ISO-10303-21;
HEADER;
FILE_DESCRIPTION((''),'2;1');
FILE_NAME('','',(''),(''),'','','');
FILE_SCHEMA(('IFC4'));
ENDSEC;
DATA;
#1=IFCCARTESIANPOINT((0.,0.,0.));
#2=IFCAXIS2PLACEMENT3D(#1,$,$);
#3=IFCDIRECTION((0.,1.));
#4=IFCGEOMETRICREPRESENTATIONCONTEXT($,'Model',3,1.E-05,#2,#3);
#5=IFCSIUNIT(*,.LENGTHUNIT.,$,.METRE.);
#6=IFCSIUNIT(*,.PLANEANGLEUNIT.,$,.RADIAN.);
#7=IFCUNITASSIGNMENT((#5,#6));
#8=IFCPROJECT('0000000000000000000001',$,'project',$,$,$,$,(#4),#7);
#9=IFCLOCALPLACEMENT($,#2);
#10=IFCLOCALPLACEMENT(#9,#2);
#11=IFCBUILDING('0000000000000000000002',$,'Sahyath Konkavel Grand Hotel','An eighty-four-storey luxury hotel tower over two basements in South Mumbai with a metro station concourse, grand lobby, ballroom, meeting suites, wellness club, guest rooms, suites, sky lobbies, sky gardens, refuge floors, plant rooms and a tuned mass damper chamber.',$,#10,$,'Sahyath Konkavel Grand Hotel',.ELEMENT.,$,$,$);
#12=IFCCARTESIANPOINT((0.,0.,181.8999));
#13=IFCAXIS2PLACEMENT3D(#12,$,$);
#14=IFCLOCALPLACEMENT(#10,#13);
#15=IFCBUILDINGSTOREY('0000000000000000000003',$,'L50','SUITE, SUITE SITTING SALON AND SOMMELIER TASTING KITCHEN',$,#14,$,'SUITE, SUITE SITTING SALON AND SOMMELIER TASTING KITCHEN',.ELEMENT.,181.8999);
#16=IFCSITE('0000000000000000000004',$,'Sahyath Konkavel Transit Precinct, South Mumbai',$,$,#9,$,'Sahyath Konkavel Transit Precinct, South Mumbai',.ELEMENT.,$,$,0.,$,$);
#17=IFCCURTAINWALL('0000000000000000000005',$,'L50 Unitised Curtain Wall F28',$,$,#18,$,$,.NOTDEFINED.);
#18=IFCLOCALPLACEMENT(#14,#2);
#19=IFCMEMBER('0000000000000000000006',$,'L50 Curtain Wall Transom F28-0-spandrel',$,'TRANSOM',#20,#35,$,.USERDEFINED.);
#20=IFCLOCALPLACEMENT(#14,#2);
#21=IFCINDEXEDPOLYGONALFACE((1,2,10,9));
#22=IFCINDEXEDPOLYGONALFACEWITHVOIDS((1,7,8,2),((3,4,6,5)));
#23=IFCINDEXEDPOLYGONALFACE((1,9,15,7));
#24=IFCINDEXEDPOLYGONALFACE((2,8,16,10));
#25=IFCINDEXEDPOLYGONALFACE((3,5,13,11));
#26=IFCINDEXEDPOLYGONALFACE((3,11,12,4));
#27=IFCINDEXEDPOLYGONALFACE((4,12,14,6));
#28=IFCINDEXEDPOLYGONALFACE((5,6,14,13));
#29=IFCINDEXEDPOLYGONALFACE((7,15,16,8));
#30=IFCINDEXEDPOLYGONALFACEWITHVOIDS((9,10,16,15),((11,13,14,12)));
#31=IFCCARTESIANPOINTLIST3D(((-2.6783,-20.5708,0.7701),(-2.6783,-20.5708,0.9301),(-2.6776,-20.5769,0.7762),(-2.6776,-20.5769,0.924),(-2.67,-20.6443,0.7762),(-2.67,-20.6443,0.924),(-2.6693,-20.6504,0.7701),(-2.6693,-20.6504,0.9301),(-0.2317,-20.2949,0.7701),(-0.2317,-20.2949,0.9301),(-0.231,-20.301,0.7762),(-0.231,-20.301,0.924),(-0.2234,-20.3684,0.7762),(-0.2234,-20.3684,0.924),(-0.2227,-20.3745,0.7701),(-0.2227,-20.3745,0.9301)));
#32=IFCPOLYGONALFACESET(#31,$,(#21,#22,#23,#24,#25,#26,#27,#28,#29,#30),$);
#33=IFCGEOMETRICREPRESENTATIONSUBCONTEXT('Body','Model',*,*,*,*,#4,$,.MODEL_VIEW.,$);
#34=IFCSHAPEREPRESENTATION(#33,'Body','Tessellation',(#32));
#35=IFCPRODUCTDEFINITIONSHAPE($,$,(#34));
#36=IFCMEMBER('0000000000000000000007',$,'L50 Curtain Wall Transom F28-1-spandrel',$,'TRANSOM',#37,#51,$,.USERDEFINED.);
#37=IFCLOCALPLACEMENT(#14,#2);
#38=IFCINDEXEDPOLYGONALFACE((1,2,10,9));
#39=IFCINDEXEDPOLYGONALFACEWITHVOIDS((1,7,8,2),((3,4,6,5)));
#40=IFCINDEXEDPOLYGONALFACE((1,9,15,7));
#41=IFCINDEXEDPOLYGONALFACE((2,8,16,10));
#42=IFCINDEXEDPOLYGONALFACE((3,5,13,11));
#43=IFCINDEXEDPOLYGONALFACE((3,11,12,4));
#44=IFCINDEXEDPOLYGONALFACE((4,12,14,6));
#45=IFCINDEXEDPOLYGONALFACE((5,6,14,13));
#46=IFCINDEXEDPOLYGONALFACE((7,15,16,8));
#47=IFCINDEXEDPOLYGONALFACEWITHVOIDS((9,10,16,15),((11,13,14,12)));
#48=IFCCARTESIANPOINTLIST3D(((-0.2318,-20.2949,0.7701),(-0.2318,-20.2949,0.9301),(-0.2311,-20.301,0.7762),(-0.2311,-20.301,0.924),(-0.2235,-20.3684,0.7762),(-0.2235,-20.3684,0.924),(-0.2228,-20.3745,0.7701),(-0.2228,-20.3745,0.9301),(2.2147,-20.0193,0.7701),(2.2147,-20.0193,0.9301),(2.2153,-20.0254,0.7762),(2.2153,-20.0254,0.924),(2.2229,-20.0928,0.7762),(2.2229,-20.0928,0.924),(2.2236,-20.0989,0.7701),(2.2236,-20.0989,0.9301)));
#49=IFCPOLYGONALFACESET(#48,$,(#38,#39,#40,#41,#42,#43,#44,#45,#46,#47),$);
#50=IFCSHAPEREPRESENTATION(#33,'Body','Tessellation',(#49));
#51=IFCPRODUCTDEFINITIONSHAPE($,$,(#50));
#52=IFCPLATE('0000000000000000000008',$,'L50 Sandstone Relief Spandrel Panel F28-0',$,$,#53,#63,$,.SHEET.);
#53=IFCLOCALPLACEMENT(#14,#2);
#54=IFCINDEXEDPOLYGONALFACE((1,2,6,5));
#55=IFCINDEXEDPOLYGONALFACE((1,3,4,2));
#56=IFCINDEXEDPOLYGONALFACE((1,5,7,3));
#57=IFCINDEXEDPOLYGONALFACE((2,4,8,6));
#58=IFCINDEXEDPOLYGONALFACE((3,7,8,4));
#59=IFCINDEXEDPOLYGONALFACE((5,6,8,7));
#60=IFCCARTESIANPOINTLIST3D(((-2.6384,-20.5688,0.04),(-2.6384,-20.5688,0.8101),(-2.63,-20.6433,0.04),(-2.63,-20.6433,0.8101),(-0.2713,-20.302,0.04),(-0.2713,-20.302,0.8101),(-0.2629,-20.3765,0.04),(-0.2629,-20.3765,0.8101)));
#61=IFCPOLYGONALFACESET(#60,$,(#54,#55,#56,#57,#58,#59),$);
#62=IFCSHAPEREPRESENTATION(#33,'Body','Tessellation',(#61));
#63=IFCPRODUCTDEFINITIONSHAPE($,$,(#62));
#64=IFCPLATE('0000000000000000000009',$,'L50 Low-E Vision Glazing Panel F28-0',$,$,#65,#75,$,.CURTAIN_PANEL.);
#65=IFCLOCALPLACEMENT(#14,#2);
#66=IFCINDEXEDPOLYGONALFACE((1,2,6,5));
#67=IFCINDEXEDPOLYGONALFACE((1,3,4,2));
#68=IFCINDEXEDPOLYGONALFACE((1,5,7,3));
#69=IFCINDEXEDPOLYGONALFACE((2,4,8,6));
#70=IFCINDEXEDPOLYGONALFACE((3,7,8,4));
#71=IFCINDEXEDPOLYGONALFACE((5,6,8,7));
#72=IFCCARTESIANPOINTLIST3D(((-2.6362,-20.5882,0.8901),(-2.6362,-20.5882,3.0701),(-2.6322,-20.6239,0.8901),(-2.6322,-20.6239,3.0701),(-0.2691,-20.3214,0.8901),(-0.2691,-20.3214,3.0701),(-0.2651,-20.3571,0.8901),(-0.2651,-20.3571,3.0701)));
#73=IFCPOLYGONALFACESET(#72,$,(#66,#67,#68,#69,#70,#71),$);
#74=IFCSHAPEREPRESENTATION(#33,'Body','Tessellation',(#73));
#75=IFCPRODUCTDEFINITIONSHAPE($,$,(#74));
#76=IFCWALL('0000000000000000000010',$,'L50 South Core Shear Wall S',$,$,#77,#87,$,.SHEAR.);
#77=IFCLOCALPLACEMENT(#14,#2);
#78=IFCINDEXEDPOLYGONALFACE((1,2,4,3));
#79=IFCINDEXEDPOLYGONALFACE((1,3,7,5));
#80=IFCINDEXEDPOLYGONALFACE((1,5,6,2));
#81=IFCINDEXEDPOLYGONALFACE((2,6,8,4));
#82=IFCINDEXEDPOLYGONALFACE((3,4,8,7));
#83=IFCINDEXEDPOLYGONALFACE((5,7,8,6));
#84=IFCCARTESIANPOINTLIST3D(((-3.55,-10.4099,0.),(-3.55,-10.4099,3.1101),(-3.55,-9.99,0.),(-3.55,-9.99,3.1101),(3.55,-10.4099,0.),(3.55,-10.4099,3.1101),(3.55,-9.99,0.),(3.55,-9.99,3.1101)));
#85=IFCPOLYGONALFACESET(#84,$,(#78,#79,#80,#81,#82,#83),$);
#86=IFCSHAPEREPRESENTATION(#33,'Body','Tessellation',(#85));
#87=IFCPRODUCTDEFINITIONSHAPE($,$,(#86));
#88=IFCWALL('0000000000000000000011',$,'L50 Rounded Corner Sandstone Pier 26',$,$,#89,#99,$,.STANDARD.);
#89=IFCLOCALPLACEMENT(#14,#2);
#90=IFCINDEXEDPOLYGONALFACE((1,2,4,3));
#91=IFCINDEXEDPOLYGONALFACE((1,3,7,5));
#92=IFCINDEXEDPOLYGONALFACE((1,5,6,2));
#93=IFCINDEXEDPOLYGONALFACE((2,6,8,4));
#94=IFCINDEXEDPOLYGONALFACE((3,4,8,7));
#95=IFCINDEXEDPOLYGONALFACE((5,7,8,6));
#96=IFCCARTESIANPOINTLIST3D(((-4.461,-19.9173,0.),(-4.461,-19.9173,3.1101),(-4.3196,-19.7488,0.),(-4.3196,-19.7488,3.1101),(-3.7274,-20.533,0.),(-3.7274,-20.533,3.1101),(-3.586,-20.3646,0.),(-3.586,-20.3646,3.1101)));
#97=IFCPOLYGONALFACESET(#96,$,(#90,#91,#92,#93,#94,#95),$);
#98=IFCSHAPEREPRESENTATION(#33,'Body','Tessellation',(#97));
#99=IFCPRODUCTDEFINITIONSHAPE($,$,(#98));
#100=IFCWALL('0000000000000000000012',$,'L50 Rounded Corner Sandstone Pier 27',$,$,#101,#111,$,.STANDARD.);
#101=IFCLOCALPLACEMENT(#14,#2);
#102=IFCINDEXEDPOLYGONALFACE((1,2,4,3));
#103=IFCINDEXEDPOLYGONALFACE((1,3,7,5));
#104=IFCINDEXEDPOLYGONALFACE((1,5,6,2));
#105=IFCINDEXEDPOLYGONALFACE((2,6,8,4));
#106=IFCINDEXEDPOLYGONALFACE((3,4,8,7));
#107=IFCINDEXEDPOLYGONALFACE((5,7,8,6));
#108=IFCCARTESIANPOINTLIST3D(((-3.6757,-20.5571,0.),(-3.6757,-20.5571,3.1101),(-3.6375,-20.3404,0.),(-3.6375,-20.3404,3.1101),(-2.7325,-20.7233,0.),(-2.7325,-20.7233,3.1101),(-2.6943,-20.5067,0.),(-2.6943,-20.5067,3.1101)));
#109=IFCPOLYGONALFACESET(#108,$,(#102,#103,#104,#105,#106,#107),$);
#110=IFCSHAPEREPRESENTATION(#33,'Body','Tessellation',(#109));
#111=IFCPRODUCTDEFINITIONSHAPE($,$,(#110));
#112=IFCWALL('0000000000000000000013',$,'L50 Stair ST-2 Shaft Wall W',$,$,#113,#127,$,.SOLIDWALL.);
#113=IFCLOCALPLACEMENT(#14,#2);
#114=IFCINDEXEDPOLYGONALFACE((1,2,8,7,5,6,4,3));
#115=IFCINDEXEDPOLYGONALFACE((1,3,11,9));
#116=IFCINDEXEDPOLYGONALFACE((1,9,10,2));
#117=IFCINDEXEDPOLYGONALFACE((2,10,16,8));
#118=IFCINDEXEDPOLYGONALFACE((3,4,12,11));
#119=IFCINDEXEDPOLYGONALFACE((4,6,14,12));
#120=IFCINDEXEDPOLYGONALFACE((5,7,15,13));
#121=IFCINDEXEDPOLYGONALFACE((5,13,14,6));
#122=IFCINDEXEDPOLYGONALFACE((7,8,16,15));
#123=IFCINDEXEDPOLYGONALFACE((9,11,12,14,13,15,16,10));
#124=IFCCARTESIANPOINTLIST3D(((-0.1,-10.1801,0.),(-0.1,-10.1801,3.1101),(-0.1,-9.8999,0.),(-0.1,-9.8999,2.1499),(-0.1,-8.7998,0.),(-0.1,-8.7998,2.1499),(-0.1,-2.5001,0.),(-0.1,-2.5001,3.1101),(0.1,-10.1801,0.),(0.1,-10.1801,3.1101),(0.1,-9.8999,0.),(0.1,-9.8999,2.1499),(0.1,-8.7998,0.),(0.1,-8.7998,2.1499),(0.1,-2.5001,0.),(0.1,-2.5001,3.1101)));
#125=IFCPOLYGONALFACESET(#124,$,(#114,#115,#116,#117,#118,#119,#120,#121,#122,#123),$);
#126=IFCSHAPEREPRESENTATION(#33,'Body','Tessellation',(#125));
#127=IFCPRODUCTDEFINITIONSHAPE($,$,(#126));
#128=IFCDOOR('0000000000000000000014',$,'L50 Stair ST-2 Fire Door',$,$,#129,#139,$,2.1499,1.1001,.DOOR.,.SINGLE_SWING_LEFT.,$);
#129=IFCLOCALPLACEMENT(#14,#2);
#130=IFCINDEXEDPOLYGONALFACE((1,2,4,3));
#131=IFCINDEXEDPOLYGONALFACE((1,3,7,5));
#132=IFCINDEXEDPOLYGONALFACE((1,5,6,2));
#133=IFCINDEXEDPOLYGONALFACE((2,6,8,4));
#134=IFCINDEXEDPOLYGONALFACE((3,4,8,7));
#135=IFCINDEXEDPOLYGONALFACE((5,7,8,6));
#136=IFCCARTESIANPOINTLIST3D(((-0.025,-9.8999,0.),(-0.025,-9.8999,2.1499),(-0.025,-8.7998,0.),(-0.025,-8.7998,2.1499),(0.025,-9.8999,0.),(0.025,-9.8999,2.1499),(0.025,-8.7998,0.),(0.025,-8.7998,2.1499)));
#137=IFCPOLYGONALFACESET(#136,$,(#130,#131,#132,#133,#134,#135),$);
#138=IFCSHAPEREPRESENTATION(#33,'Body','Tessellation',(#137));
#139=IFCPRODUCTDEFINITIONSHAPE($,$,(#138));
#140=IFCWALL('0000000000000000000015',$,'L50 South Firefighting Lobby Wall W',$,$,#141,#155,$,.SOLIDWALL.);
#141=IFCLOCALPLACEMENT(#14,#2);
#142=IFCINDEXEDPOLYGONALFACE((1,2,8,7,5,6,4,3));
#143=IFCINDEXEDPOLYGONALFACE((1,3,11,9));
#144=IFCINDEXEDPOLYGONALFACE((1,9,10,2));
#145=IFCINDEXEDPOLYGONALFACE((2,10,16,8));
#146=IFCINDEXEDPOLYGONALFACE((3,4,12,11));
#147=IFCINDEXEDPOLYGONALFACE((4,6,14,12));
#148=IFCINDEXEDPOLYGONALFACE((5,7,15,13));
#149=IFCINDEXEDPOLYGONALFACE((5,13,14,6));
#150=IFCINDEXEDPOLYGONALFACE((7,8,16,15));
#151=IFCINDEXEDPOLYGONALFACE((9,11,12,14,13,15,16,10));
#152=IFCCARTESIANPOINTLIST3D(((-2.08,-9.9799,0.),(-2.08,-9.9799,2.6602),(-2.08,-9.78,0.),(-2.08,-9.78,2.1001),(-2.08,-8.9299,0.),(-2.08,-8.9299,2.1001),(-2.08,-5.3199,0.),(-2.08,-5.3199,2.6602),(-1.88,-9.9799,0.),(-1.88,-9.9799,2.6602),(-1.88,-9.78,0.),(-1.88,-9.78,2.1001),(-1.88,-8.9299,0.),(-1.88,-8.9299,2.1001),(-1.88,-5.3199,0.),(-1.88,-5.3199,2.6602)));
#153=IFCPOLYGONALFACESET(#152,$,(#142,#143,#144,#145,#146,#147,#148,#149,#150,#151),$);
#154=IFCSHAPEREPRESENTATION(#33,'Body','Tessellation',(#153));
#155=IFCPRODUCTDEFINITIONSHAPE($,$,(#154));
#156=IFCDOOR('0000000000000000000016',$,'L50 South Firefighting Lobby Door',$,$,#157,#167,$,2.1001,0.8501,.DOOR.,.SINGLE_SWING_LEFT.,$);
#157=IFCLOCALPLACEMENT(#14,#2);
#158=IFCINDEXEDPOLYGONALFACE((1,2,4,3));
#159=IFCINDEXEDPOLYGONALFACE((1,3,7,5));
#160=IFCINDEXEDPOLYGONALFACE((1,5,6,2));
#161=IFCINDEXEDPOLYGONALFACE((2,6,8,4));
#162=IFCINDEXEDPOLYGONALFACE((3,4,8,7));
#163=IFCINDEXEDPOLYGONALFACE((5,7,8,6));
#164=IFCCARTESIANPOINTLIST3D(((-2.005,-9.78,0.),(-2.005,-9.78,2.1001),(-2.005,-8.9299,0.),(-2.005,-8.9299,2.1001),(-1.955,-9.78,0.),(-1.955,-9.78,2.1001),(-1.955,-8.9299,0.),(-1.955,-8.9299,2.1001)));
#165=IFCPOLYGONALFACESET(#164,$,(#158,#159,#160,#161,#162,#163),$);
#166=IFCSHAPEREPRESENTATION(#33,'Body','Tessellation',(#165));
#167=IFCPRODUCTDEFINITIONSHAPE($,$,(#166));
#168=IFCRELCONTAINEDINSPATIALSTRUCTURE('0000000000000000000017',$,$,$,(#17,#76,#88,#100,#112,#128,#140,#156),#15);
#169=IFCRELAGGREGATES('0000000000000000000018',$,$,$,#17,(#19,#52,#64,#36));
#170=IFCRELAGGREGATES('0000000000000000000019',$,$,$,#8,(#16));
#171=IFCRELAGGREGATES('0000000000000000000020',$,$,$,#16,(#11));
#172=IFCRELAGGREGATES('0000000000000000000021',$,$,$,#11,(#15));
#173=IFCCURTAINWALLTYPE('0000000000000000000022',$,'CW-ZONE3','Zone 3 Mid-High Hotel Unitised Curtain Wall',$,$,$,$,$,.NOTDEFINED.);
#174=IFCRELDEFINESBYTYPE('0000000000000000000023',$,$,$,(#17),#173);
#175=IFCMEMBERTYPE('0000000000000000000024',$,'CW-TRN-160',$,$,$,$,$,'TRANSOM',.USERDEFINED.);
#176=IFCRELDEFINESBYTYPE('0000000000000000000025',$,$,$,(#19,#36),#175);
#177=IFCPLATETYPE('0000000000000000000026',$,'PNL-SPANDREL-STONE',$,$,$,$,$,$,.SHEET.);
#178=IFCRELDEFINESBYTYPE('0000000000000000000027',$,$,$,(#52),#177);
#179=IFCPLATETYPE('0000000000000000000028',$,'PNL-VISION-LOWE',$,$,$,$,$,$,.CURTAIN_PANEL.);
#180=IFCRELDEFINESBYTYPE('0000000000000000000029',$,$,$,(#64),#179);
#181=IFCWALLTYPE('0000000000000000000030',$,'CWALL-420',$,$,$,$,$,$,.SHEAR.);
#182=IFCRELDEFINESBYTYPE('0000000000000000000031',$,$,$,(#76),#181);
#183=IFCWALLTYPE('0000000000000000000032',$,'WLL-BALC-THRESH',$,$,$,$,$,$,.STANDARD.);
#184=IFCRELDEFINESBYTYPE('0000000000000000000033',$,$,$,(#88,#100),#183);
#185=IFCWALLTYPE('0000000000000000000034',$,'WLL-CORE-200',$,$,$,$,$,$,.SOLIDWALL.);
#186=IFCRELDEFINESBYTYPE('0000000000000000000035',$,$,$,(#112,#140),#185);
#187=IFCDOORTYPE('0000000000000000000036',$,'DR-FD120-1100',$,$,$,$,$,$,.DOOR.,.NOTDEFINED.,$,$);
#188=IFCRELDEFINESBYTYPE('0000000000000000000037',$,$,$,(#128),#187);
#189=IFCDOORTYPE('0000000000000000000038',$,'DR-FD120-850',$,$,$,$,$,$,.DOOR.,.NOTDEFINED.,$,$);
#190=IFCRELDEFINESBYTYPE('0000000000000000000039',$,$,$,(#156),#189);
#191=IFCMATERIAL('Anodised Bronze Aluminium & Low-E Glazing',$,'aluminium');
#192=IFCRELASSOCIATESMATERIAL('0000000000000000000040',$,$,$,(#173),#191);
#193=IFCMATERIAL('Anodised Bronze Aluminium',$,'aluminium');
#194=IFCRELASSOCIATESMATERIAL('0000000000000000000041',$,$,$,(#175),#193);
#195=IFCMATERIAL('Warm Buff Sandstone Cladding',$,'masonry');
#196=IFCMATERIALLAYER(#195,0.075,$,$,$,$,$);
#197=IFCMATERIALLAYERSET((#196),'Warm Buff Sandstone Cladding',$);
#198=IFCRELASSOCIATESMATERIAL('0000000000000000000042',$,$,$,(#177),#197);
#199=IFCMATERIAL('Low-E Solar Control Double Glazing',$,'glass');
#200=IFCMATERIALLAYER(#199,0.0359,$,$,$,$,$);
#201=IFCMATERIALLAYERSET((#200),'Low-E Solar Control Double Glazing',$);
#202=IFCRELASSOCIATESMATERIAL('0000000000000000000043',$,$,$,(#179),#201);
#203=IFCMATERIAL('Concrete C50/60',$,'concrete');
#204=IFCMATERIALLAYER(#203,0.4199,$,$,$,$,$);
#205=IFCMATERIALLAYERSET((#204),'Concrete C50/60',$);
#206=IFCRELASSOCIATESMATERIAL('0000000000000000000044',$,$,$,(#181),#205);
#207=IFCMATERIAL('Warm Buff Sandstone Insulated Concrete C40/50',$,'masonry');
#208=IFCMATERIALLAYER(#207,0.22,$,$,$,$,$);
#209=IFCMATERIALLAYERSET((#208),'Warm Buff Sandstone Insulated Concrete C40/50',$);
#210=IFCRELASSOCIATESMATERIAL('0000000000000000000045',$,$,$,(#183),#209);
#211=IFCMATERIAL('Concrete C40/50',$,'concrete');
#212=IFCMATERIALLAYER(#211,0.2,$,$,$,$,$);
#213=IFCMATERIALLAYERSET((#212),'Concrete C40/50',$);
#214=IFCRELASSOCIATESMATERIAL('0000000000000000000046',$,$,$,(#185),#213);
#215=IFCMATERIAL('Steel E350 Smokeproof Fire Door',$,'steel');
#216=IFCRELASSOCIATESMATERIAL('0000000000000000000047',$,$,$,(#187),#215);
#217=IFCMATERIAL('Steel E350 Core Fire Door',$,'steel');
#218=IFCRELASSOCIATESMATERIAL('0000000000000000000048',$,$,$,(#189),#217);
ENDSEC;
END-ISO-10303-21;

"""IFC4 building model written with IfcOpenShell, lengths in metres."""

from ifc_helpers import new_model, si_unit, direction, frame, frame_2d, origin, origin_2d, place, context, subcontext, project, spatial, rectangle, hollow_rectangle, extrude, source, transform, mapped, material, layer, layer_set, material_profile, profile_set, type_object, element, fill, aggregate, save


model = new_model("IFC4")

# Units and contexts
model_context = context("Model", 3, precision=1e-05, world=origin(), true_north=direction((0.0, 1.0)))
body_context = subcontext(model_context, "Body", "Model", "MODEL_VIEW")
ifc_project = project(units=[si_unit("LENGTHUNIT", "METRE"), si_unit("PLANEANGLEUNIT", "RADIAN")], contexts=[model_context])

# Site, building, storey
site_placement = place(None, origin())
site = spatial("IfcSite", under=ifc_project, at=site_placement, Name="Sahyath Konkavel Transit Precinct, South Mumbai", LongName="Sahyath Konkavel Transit Precinct, South Mumbai", CompositionType="ELEMENT", RefElevation=0.0)
building_placement = place(site_placement, origin())
building = spatial("IfcBuilding", under=site, at=building_placement, Name="Sahyath Konkavel Grand Hotel", Description="An eighty-four-storey luxury hotel tower over two basements in South Mumbai with a metro station concourse, grand lobby, ballroom, meeting suites, wellness club, guest rooms, suites, sky lobbies, sky gardens, refuge floors, plant rooms and a tuned mass damper chamber.", LongName="Sahyath Konkavel Grand Hotel", CompositionType="ELEMENT")
storey_placement = place(building_placement, frame((0.0, 0.0, 181.8999)))
storey = spatial("IfcBuildingStorey", under=building, at=storey_placement, Name="L50", Description="SUITE, SUITE SITTING SALON AND SOMMELIER TASTING KITCHEN", LongName="SUITE, SUITE SITTING SALON AND SOMMELIER TASTING KITCHEN", CompositionType="ELEMENT", Elevation=181.8999)

# Shared definitions
ifc_material_1 = material(Name="Concrete C50/60", Category="concrete")
ifc_material_2 = material(Name="Concrete C40/50", Category="concrete")

# Curtain wall, members, plates
ifc_material_3 = material(Name="Anodised Bronze Aluminium & Low-E Glazing", Category="aluminium")
curtain_wall_type = type_object("IfcCurtainWallType", Name="CW-ZONE3", Description="Zone 3 Mid-High Hotel Unitised Curtain Wall", PredefinedType="NOTDEFINED", material=ifc_material_3)
curtain_wall_placement = place(storey_placement, origin())
curtain_wall = element("IfcCurtainWall", 1, at=curtain_wall_placement, inside=storey, type_object=curtain_wall_type, Name="L50 Unitised Curtain Wall F28", PredefinedType="NOTDEFINED")
ifc_material_4 = material(Name="Anodised Bronze Aluminium", Category="aluminium")
ifc_material_profile_1 = material_profile(ifc_material_4, hollow_rectangle(XDim=0.0801, YDim=0.1599, WallThickness=0.0061, at=origin_2d()), Name="RHS 160x80x6")
ifc_profile_set_1 = profile_set([ifc_material_profile_1], Name="Anodised Bronze Aluminium")
member_type_1 = type_object("IfcMemberType", Name="CW-TRN-160", ElementType="TRANSOM", PredefinedType="USERDEFINED", material=ifc_profile_set_1)
shared_shape_1 = source(origin(), body_context, "Body", "SweptSolid", [
    extrude(hollow_rectangle(XDim=0.0801, YDim=0.1599, WallThickness=0.0061, at=origin_2d()), origin(), (0.0, 0.0, 1.0), 2.4622),
])
member_1_placement = place(storey_placement, frame((-2.6738, -20.6106, 0.8501), z_axis=(0.993702, 0.112053, 0.0), x_axis=(-0.112053, 0.993702, 0.0)))
member_1 = element("IfcMember", 2, at=member_1_placement, type_object=member_type_1, Name="L50 Curtain Wall Transom F28-0-spandrel", ObjectType="TRANSOM", PredefinedType="USERDEFINED", context=body_context, shape_type="MappedRepresentation", body=[
    mapped(shared_shape_1, transform((0.0, 0.0, 0.0), scale=1.0)),
])
shared_shape_2 = source(origin(), body_context, "Body", "SweptSolid", [
    extrude(hollow_rectangle(XDim=0.0801, YDim=0.1599, WallThickness=0.0061, at=origin_2d()), origin(), (0.0, 0.0, 1.0), 2.4619),
])
member_2_placement = place(storey_placement, frame((-0.2273, -20.3347, 0.8501), z_axis=(0.993713, 0.111955, 0.0), x_axis=(-0.111955, 0.993713, 0.0)))
member_2 = element("IfcMember", 3, at=member_2_placement, type_object=member_type_1, Name="L50 Curtain Wall Transom F28-1-spandrel", ObjectType="TRANSOM", PredefinedType="USERDEFINED", context=body_context, shape_type="MappedRepresentation", body=[
    mapped(shared_shape_2, transform((0.0, 0.0, 0.0), scale=1.0)),
])
ifc_material_5 = material(Name="Warm Buff Sandstone Cladding", Category="masonry")
ifc_layer_1 = layer(ifc_material_5, 0.075)
ifc_layer_set_1 = layer_set([ifc_layer_1], Name="Warm Buff Sandstone Cladding")
plate_type_1 = type_object("IfcPlateType", Name="PNL-SPANDREL-STONE", PredefinedType="SHEET", material=ifc_layer_set_1)
shared_shape_3 = source(origin(), body_context, "Body", "SweptSolid", [
    extrude(rectangle(XDim=2.3821, YDim=0.075, at=origin_2d()), origin(), (0.0, 0.0, 1.0), 0.77),
])
plate_1_placement = place(storey_placement, frame((-1.4507, -20.4727, 0.04), z_axis=(0.0, 0.0, 1.0), x_axis=(0.993707, 0.112007, 0.0)))
plate_1 = element("IfcPlate", 4, at=plate_1_placement, type_object=plate_type_1, Name="L50 Sandstone Relief Spandrel Panel F28-0", PredefinedType="SHEET", context=body_context, shape_type="MappedRepresentation", body=[
    mapped(shared_shape_3, transform((0.0, 0.0, 0.0), scale=1.0)),
])
ifc_material_6 = material(Name="Low-E Solar Control Double Glazing", Category="glass")
ifc_layer_2 = layer(ifc_material_6, 0.0359)
ifc_layer_set_2 = layer_set([ifc_layer_2], Name="Low-E Solar Control Double Glazing")
plate_type_2 = type_object("IfcPlateType", Name="PNL-VISION-LOWE", PredefinedType="CURTAIN_PANEL", material=ifc_layer_set_2)
shared_shape_4 = source(origin(), body_context, "Body", "SweptSolid", [
    extrude(rectangle(XDim=2.3821, YDim=0.0359, at=origin_2d()), origin(), (0.0, 0.0, 1.0), 2.1799),
])
plate_2_placement = place(storey_placement, frame((-1.4507, -20.4727, 0.8901), z_axis=(0.0, 0.0, 1.0), x_axis=(0.993707, 0.112007, 0.0)))
plate_2 = element("IfcPlate", 5, at=plate_2_placement, type_object=plate_type_2, Name="L50 Low-E Vision Glazing Panel F28-0", PredefinedType="CURTAIN_PANEL", context=body_context, shape_type="MappedRepresentation", body=[
    mapped(shared_shape_4, transform((0.0, 0.0, 0.0), scale=1.0)),
])
aggregate(curtain_wall, [member_1, plate_1, plate_2, member_2])

# Walls
ifc_layer_3 = layer(ifc_material_1, 0.4199)
ifc_layer_set_3 = layer_set([ifc_layer_3], Name="Concrete C50/60")
wall_type_1 = type_object("IfcWallType", Name="CWALL-420", PredefinedType="SHEAR", material=ifc_layer_set_3)
wall_1_placement = place(storey_placement, frame((-3.55, -10.2, 0.0), z_axis=(0.0, 0.0, 1.0), x_axis=(1.0, 0.0, 0.0)))
element("IfcWall", 6, at=wall_1_placement, inside=storey, type_object=wall_type_1, Name="L50 South Core Shear Wall S", PredefinedType="SHEAR", context=body_context, shape_type="SweptSolid", body=[
    extrude(rectangle(XDim=7.1001, YDim=0.4199, at=frame_2d((3.55, 0.0))), origin(), (0.0, 0.0, 1.0), 3.1101),
])
ifc_material_7 = material(Name="Warm Buff Sandstone Insulated Concrete C40/50", Category="masonry")
ifc_layer_4 = layer(ifc_material_7, 0.22)
ifc_layer_set_4 = layer_set([ifc_layer_4], Name="Warm Buff Sandstone Insulated Concrete C40/50")
wall_type_2 = type_object("IfcWallType", Name="WLL-BALC-THRESH", PredefinedType="STANDARD", material=ifc_layer_set_4)
for number, where, z_axis, x_axis, name in (
    (7, (-4.3904, -19.833, 0.0), (0.0, 0.0, 1.0), (0.765981, -0.642863, 0.0), "L50 Rounded Corner Sandstone Pier 26"),
    (8, (-3.6567, -20.4487, 0.0), (0.0, 0.0, 1.0), (0.984814, -0.173611, 0.0), "L50 Rounded Corner Sandstone Pier 27"),
):
    element("IfcWall", number, at=place(storey_placement, frame(where, z_axis=z_axis, x_axis=x_axis)), inside=storey, type_object=wall_type_2, Name=name, PredefinedType="STANDARD", context=body_context, shape_type="SweptSolid", body=[
        extrude(rectangle(XDim=0.9578, YDim=0.22, at=frame_2d((0.479, 0.0))), origin(), (0.0, 0.0, 1.0), 3.1101),
    ])

# Walls, openings, doors
ifc_layer_5 = layer(ifc_material_2, 0.2)
ifc_layer_set_5 = layer_set([ifc_layer_5], Name="Concrete C40/50")
wall_type_3 = type_object("IfcWallType", Name="WLL-CORE-200", PredefinedType="SOLIDWALL", material=ifc_layer_set_5)
wall_2_placement = place(storey_placement, frame((0.0, -10.1799, 0.0), z_axis=(0.0, 0.0, 1.0), x_axis=(0.0, 1.0, 0.0)))
wall_2 = element("IfcWall", 9, at=wall_2_placement, inside=storey, type_object=wall_type_3, Name="L50 Stair ST-2 Shaft Wall W", PredefinedType="SOLIDWALL", context=body_context, shape_type="SweptSolid", body=[
    extrude(rectangle(XDim=7.6799, YDim=0.2, at=frame_2d((3.8398, 0.0))), origin(), (0.0, 0.0, 1.0), 3.1101),
])
opening_1_placement = place(wall_2_placement, frame((0.28, 0.0, 0.0)))
opening_1 = element("IfcOpeningElement", 10, at=opening_1_placement, cuts=wall_2, PredefinedType="OPENING", context=body_context, shape_type="SweptSolid", body=[
    extrude(rectangle(XDim=1.1001, YDim=2.1499, at=frame_2d((0.55, 1.075))), frame((0.0, 0.1099, 0.0), z_axis=(0.0, -1.0, 0.0), x_axis=(1.0, 0.0, 0.0)), (0.0, 0.0, 1.0), 0.22),
])
ifc_material_8 = material(Name="Steel E350 Smokeproof Fire Door", Category="steel")
door_type_1 = type_object("IfcDoorType", Name="DR-FD120-1100", OperationType="NOTDEFINED", PredefinedType="DOOR", material=ifc_material_8)
shared_shape_5 = source(origin(), body_context, "Body", "SweptSolid", [
    extrude(rectangle(XDim=1.1001, YDim=0.05, at=origin_2d()), origin(), (0.0, 0.0, 1.0), 2.1499),
])
door_1_placement = place(opening_1_placement, frame((0.55, 0.0, 0.0)))
door_1 = element("IfcDoor", 11, at=door_1_placement, inside=storey, type_object=door_type_1, Name="L50 Stair ST-2 Fire Door", OperationType="SINGLE_SWING_LEFT", OverallHeight=2.1499, OverallWidth=1.1001, PredefinedType="DOOR", context=body_context, shape_type="MappedRepresentation", body=[
    mapped(shared_shape_5, transform((0.0, 0.0, 0.0), scale=1.0)),
])
fill(opening_1, door_1)
wall_3_placement = place(storey_placement, frame((-1.98, -9.98, 0.0), z_axis=(0.0, 0.0, 1.0), x_axis=(0.0, 1.0, 0.0)))
wall_3 = element("IfcWall", 12, at=wall_3_placement, inside=storey, type_object=wall_type_3, Name="L50 South Firefighting Lobby Wall W", PredefinedType="SOLIDWALL", context=body_context, shape_type="SweptSolid", body=[
    extrude(rectangle(XDim=4.6599, YDim=0.2, at=frame_2d((2.3301, 0.0))), origin(), (0.0, 0.0, 1.0), 2.6602),
])
opening_2_placement = place(wall_3_placement, frame((0.2, 0.0, 0.0)))
opening_2 = element("IfcOpeningElement", 13, at=opening_2_placement, cuts=wall_3, PredefinedType="OPENING", context=body_context, shape_type="SweptSolid", body=[
    extrude(rectangle(XDim=0.8501, YDim=2.1001, at=frame_2d((0.425, 1.05))), frame((0.0, 0.1099, 0.0), z_axis=(0.0, -1.0, 0.0), x_axis=(1.0, 0.0, 0.0)), (0.0, 0.0, 1.0), 0.22),
])
ifc_material_9 = material(Name="Steel E350 Core Fire Door", Category="steel")
door_type_2 = type_object("IfcDoorType", Name="DR-FD120-850", OperationType="NOTDEFINED", PredefinedType="DOOR", material=ifc_material_9)
shared_shape_6 = source(origin(), body_context, "Body", "SweptSolid", [
    extrude(rectangle(XDim=0.8501, YDim=0.05, at=origin_2d()), origin(), (0.0, 0.0, 1.0), 2.1001),
])
door_2_placement = place(opening_2_placement, frame((0.425, 0.0, 0.0)))
door_2 = element("IfcDoor", 14, at=door_2_placement, inside=storey, type_object=door_type_2, Name="L50 South Firefighting Lobby Door", OperationType="SINGLE_SWING_LEFT", OverallHeight=2.1001, OverallWidth=0.8501, PredefinedType="DOOR", context=body_context, shape_type="MappedRepresentation", body=[
    mapped(shared_shape_6, transform((0.0, 0.0, 0.0), scale=1.0)),
])
fill(opening_2, door_2)

save(model, "model.ifc")
